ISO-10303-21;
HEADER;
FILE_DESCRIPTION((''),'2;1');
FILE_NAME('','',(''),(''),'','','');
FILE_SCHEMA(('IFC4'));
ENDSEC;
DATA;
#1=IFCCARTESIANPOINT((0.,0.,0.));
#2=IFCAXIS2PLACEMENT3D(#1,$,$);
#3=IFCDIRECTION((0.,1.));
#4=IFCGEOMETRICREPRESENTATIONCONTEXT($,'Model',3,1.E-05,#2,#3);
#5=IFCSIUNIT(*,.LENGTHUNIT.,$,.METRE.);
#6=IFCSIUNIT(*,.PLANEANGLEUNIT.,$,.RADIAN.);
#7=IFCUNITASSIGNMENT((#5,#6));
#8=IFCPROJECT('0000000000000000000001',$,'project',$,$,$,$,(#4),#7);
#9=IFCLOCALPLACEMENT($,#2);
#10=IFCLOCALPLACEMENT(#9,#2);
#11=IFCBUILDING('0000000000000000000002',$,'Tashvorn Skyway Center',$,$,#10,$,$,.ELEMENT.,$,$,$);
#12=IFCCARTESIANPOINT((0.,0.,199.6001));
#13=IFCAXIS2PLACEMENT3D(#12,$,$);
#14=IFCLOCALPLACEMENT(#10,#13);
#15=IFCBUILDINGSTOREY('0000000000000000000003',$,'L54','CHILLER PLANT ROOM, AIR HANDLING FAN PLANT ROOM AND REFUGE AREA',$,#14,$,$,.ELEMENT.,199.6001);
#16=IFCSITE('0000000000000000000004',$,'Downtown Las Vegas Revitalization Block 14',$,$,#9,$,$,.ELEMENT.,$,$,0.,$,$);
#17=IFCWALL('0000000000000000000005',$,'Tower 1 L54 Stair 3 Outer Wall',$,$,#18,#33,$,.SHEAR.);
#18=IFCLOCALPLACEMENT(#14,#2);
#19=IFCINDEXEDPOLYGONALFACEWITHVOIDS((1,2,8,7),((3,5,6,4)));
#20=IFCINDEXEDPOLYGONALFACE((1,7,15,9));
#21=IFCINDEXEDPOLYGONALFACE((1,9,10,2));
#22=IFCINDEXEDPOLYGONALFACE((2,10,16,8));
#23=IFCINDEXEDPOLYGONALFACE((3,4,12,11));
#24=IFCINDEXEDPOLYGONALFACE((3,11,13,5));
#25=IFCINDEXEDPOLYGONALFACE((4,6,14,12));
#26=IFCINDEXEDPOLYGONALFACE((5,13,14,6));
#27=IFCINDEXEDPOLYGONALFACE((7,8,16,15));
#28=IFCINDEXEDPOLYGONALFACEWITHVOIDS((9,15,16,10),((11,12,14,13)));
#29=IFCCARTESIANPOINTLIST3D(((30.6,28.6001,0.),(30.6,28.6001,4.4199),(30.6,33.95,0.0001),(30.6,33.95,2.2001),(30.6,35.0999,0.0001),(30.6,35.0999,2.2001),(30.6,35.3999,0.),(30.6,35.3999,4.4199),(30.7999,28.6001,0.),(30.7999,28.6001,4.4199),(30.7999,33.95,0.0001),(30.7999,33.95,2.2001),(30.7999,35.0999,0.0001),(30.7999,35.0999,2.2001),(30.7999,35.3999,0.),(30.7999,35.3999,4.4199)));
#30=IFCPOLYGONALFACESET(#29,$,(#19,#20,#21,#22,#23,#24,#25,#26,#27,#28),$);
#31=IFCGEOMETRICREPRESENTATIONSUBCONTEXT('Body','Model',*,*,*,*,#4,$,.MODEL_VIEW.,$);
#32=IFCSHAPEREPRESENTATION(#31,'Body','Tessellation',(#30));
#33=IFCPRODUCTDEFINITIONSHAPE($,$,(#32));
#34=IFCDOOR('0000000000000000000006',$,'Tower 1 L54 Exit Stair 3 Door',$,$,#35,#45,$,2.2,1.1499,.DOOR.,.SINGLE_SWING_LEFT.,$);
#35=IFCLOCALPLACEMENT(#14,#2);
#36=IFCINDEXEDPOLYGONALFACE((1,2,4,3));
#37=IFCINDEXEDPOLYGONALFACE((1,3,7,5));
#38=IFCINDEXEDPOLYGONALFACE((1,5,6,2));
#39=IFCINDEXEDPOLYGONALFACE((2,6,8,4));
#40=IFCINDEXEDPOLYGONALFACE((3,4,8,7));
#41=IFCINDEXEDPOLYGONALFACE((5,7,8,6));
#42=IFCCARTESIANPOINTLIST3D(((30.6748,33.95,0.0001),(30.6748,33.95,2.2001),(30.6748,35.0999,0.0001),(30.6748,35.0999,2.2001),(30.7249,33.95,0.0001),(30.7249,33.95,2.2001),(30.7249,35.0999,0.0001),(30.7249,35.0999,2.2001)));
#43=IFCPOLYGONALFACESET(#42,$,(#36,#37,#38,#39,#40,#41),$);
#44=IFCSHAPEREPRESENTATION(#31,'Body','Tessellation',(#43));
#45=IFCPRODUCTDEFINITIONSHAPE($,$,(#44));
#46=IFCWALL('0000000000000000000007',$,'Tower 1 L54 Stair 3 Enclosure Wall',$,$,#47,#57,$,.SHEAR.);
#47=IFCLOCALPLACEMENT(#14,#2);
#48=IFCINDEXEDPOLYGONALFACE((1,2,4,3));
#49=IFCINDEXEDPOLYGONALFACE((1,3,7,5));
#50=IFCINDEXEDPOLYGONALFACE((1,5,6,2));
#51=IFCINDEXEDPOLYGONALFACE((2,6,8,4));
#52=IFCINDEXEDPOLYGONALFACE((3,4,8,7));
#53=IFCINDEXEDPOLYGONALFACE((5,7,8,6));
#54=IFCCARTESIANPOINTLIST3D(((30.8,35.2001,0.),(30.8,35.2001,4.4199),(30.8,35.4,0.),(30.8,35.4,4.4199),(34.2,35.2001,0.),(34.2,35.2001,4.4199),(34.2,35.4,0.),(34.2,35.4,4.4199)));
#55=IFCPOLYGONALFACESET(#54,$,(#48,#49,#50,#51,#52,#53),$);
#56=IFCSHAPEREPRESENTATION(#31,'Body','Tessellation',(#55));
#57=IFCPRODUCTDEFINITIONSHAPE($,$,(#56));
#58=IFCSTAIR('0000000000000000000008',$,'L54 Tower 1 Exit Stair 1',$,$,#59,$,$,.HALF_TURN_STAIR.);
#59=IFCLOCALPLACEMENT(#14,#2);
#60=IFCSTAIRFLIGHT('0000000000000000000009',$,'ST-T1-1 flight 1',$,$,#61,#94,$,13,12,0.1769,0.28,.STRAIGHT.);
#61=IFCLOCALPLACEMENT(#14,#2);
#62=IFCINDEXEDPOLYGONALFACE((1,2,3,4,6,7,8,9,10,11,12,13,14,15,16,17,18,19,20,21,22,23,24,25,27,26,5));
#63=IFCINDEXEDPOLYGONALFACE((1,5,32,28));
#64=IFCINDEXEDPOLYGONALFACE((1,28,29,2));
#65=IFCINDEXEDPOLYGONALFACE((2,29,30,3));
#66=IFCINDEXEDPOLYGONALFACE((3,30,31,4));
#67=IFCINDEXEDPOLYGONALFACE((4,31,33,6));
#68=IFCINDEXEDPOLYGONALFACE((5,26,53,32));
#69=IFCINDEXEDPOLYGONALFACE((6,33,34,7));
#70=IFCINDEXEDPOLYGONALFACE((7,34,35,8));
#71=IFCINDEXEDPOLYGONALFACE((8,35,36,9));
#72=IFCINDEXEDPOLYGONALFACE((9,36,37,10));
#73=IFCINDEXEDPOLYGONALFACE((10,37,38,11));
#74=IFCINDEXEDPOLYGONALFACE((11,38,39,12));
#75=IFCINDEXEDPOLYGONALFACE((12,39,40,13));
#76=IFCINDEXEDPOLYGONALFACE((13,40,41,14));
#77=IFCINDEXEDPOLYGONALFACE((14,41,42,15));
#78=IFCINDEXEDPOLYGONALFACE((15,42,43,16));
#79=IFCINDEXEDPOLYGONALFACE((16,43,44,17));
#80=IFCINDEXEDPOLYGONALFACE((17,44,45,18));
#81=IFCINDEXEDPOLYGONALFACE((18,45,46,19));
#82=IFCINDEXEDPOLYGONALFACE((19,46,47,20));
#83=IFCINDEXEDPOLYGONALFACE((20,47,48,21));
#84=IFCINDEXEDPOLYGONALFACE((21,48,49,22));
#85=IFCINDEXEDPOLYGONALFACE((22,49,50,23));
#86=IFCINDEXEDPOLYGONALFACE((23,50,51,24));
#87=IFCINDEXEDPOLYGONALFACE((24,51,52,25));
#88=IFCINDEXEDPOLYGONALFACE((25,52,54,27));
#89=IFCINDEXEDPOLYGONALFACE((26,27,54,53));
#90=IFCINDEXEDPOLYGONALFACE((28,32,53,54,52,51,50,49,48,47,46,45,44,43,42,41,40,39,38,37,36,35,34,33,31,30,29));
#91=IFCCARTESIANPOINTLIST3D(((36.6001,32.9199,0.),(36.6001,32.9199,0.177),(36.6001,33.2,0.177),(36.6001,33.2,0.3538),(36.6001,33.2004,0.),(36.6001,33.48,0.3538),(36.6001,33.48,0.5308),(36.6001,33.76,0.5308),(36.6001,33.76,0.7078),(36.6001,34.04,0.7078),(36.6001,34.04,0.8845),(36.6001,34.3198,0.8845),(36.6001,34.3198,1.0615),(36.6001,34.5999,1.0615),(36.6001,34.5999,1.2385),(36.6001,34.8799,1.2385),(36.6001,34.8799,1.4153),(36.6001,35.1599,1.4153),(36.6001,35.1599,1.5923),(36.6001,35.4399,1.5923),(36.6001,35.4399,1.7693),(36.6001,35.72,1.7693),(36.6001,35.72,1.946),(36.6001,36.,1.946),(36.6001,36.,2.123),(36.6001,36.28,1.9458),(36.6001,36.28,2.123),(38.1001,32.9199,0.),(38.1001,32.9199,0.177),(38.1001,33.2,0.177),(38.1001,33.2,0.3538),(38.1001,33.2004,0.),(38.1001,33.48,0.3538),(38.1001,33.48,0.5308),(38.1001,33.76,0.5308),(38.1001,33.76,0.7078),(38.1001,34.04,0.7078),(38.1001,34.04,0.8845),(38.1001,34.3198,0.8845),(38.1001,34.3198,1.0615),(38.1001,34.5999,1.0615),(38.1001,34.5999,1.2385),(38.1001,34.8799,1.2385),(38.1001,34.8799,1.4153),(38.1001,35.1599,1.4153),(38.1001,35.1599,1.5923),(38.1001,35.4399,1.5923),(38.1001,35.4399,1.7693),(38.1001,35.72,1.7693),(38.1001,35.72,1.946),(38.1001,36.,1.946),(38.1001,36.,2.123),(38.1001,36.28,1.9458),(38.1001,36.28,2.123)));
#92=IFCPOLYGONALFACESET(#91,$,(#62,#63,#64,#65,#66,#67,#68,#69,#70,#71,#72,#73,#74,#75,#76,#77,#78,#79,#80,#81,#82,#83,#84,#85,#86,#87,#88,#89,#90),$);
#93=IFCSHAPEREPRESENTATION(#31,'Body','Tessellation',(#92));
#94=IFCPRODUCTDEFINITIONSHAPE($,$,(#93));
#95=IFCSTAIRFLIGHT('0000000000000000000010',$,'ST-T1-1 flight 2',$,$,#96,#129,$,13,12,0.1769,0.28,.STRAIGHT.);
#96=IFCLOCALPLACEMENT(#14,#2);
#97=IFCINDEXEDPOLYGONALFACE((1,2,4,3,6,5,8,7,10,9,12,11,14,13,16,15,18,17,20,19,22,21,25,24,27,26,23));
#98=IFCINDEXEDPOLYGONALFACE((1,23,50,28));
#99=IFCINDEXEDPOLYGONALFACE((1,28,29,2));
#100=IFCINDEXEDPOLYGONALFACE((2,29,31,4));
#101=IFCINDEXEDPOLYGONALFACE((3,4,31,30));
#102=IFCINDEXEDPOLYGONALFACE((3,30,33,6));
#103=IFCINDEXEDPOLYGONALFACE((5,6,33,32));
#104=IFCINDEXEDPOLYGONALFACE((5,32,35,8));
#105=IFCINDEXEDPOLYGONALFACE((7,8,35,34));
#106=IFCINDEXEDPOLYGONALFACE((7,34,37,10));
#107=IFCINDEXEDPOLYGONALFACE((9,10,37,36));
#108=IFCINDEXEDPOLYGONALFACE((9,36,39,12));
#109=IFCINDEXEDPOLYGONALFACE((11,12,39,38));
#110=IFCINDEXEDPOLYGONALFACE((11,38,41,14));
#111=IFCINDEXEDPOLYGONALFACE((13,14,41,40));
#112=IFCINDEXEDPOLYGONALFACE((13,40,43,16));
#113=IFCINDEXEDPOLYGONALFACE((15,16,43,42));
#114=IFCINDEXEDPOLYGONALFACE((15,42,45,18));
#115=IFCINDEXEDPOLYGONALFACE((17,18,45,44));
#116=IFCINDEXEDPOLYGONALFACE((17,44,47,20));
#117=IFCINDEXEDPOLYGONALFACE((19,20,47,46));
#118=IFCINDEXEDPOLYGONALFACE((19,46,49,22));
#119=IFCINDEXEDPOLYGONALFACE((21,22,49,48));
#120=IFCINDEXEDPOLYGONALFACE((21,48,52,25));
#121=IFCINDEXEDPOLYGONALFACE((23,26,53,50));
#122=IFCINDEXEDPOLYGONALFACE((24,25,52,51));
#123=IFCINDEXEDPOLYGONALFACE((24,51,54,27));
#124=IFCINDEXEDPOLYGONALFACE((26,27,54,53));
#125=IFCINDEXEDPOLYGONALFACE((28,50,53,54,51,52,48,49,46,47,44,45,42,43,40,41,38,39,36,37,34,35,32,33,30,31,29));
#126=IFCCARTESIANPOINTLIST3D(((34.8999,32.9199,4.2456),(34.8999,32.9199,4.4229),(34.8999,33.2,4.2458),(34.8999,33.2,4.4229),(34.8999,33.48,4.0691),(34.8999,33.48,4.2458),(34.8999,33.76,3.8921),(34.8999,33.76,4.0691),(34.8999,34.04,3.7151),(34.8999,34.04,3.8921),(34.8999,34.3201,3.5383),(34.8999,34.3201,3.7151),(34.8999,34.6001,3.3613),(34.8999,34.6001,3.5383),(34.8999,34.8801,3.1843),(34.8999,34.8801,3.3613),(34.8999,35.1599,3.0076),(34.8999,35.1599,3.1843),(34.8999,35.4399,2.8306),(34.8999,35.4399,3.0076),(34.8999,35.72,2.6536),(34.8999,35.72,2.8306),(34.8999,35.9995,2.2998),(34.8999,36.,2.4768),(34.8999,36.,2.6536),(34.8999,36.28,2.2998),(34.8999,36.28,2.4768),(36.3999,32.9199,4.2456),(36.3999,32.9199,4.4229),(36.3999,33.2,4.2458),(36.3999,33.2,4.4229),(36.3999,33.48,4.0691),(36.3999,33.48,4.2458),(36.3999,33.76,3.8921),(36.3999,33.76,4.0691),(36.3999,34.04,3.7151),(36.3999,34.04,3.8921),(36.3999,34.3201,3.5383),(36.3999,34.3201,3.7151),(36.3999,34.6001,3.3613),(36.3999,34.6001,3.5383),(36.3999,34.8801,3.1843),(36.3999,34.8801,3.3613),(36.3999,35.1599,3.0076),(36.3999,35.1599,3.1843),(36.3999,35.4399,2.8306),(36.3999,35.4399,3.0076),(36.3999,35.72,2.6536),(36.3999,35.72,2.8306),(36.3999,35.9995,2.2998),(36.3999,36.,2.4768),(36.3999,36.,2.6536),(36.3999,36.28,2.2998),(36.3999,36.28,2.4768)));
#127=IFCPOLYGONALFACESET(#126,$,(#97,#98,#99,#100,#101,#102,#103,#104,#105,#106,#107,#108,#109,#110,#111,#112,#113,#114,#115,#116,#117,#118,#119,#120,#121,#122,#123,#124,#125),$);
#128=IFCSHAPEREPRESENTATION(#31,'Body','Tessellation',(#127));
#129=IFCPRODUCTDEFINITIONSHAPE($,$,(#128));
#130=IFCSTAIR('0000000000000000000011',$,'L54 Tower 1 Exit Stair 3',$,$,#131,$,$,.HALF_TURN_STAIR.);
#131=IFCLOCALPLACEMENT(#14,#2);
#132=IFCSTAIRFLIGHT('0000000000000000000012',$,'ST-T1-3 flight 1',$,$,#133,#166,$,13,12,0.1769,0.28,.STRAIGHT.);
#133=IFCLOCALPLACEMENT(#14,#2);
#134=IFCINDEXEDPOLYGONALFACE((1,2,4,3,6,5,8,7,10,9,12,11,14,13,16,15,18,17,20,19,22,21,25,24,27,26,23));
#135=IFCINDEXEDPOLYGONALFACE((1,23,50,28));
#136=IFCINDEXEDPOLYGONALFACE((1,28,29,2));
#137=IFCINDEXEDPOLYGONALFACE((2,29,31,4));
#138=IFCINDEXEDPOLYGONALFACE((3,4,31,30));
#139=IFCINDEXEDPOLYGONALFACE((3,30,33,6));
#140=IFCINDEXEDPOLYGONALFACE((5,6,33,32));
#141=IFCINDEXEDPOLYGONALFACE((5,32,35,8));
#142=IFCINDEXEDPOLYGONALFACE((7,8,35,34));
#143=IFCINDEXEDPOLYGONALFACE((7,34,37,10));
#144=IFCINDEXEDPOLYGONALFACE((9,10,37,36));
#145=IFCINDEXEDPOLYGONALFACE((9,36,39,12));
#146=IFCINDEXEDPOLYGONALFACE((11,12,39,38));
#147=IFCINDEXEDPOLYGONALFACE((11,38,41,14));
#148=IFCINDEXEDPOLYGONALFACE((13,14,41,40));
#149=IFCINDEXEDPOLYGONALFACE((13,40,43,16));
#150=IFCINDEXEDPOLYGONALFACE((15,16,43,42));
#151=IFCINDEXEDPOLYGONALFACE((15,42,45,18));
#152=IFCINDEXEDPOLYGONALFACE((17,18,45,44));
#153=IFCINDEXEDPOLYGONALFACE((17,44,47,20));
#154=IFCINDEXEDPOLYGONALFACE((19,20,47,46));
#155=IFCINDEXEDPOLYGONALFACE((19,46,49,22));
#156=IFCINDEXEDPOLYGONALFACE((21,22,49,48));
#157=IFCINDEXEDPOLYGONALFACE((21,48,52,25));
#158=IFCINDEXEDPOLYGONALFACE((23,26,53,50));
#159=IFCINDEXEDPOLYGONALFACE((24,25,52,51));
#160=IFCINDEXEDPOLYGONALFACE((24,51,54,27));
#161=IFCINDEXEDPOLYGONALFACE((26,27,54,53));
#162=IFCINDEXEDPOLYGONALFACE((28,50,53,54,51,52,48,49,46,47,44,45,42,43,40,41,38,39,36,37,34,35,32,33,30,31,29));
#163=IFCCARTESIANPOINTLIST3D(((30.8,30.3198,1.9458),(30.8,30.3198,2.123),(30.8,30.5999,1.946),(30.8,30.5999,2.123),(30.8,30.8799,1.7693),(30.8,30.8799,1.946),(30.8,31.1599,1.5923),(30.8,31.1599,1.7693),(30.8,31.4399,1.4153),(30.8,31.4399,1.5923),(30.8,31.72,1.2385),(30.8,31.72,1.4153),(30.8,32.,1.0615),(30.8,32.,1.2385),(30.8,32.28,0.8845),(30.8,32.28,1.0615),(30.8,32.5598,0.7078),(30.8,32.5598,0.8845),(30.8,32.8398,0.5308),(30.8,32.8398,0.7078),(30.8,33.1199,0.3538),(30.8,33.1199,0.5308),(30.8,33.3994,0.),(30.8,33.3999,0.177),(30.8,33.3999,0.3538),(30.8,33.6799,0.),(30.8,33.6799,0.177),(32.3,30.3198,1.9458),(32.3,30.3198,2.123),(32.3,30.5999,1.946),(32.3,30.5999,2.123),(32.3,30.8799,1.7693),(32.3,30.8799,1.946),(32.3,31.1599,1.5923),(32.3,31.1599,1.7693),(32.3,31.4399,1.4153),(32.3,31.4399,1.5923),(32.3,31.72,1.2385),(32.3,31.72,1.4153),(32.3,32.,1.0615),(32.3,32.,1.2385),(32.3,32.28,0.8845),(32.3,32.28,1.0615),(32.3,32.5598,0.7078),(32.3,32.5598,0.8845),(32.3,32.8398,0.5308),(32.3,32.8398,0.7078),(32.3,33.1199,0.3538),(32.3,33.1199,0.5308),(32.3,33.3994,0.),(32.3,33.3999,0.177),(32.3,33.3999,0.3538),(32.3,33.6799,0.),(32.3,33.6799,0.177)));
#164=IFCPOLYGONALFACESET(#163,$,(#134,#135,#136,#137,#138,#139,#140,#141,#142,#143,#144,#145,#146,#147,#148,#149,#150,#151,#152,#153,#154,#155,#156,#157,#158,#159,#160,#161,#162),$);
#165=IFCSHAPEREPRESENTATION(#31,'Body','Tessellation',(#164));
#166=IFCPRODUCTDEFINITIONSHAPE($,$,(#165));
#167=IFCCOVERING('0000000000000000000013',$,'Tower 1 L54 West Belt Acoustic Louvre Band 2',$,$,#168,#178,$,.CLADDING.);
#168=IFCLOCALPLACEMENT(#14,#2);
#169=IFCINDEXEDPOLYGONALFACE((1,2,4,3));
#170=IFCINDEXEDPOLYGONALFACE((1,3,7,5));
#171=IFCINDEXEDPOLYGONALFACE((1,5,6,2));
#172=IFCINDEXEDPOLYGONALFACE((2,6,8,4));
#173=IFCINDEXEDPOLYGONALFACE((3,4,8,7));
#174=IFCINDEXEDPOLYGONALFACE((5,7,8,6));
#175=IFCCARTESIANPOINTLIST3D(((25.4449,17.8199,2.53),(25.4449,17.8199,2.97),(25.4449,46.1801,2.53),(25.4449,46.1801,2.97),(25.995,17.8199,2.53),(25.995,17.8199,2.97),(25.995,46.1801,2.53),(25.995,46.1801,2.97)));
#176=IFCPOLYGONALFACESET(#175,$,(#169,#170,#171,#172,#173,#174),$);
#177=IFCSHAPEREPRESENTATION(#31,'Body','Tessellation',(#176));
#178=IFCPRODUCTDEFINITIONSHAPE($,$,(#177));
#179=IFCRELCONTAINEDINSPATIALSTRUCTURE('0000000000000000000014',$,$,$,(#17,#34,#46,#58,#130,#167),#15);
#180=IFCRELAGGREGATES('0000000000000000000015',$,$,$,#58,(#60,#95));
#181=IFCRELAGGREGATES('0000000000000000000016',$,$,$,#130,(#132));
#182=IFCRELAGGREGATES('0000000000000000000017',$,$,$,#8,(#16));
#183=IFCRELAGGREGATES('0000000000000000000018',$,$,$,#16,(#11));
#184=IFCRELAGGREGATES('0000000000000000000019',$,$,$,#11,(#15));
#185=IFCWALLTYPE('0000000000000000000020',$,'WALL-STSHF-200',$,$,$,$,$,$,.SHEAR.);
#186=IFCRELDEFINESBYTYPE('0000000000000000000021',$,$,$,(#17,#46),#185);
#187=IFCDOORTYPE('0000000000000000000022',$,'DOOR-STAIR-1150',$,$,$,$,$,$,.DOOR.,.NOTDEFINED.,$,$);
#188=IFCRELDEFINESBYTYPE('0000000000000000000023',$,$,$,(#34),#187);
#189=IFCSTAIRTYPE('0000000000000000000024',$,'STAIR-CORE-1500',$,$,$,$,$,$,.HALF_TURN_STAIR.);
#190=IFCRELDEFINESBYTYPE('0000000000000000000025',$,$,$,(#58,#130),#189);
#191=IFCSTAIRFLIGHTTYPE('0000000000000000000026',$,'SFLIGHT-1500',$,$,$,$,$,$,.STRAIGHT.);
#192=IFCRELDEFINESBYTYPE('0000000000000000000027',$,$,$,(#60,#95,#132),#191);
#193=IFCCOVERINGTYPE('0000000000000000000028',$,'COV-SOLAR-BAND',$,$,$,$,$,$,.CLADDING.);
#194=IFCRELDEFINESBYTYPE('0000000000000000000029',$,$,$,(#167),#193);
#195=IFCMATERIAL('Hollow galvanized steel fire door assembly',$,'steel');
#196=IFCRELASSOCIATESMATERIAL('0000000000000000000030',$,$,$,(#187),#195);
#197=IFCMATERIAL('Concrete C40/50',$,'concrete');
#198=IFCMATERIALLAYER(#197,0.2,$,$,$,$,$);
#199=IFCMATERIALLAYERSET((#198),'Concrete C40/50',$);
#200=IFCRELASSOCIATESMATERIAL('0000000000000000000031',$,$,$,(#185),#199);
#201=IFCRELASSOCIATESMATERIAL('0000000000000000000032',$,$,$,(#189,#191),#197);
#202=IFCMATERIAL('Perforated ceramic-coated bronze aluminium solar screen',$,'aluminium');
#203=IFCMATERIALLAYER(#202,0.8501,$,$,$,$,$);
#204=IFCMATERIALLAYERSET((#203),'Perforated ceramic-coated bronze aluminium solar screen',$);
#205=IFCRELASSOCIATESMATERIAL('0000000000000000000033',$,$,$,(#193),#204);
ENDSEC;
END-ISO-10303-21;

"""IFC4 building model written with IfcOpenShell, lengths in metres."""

from ifc_helpers import new_model, si_unit, direction, frame, frame_2d, origin, origin_2d, place, context, subcontext, project, spatial, polyline, rectangle, outline, extrude, material, layer, layer_set, type_object, element, fill, aggregate, save


model = new_model("IFC4")

# Units and contexts
model_context = context("Model", 3, precision=1e-05, world=origin(), true_north=direction((0.0, 1.0)))
body_context = subcontext(model_context, "Body", "Model", "MODEL_VIEW")
ifc_project = project(units=[si_unit("LENGTHUNIT", "METRE"), si_unit("PLANEANGLEUNIT", "RADIAN")], contexts=[model_context])

# Site, building, storey
site_placement = place(None, origin())
site = spatial("IfcSite", under=ifc_project, at=site_placement, Name="Downtown Las Vegas Revitalization Block 14", CompositionType="ELEMENT", RefElevation=0.0)
building_placement = place(site_placement, origin())
building = spatial("IfcBuilding", under=site, at=building_placement, Name="Tashvorn Skyway Center", CompositionType="ELEMENT")
storey_placement = place(building_placement, frame((0.0, 0.0, 199.6001)))
storey = spatial("IfcBuildingStorey", under=building, at=storey_placement, Name="L54", Description="CHILLER PLANT ROOM, AIR HANDLING FAN PLANT ROOM AND REFUGE AREA", CompositionType="ELEMENT", Elevation=199.6001)

# Shared definitions
ifc_material_1 = material(Name="Concrete C40/50", Category="concrete")
ifc_material_2 = material(Name="Hollow galvanized steel fire door assembly", Category="steel")
door_type = type_object("IfcDoorType", Name="DOOR-STAIR-1150", OperationType="NOTDEFINED", PredefinedType="DOOR", material=ifc_material_2)

# Wall, opening, door
ifc_layer_1 = layer(ifc_material_1, 0.2)
ifc_layer_set_1 = layer_set([ifc_layer_1], Name="Concrete C40/50")
wall_type_1 = type_object("IfcWallType", Name="WALL-STSHF-200", PredefinedType="SHEAR", material=ifc_layer_set_1)
wall_1_placement = place(storey_placement, frame((30.7, 35.3999, 0.0), z_axis=(0.0, 0.0, 1.0), x_axis=(0.0, -1.0, 0.0)))
wall_1 = element("IfcWall", 1, at=wall_1_placement, inside=storey, type_object=wall_type_1, Name="Tower 1 L54 Stair 3 Outer Wall", PredefinedType="SHEAR", context=body_context, shape_type="SweptSolid", body=[
    extrude(rectangle(XDim=6.7998, YDim=0.2, at=frame_2d((3.3999, 0.0))), origin(), (0.0, 0.0, 1.0), 4.4199),
])
opening_1_placement = place(wall_1_placement, frame((0.3, 0.0, 0.0)))
opening_1 = element("IfcOpeningElement", 2, at=opening_1_placement, cuts=wall_1, PredefinedType="OPENING", context=body_context, shape_type="SweptSolid", body=[
    extrude(rectangle(XDim=1.1499, YDim=2.2, at=frame_2d((0.575, 1.1001))), frame((0.0, 0.1099, 0.0), z_axis=(0.0, -1.0, 0.0), x_axis=(1.0, 0.0, 0.0)), (0.0, 0.0, 1.0), 0.22),
])
door_1_placement = place(opening_1_placement, origin())
door_1 = element("IfcDoor", 3, at=door_1_placement, inside=storey, type_object=door_type, Name="Tower 1 L54 Exit Stair 3 Door", OperationType="SINGLE_SWING_LEFT", OverallHeight=2.2, OverallWidth=1.1499, PredefinedType="DOOR", context=body_context, shape_type="SweptSolid", body=[
    extrude(rectangle(XDim=1.1499, YDim=2.2, at=frame_2d((0.575, 1.1001))), frame((0.0, 0.0249, 0.0), z_axis=(0.0, -1.0, 0.0), x_axis=(1.0, 0.0, 0.0)), (0.0, 0.0, 1.0), 0.05),
])
fill(opening_1, door_1)

# Wall
wall_2_placement = place(storey_placement, frame((34.2, 35.3, 0.0), z_axis=(0.0, 0.0, 1.0), x_axis=(-1.0, 0.0, 0.0)))
element("IfcWall", 4, at=wall_2_placement, inside=storey, type_object=wall_type_1, Name="Tower 1 L54 Stair 3 Enclosure Wall", PredefinedType="SHEAR", context=body_context, shape_type="SweptSolid", body=[
    extrude(rectangle(XDim=3.3999, YDim=0.2, at=frame_2d((1.7, 0.0))), origin(), (0.0, 0.0, 1.0), 4.4199),
])

# Stair, stair flights
stair_type = type_object("IfcStairType", Name="STAIR-CORE-1500", PredefinedType="HALF_TURN_STAIR", material=ifc_material_1)
stair_1_placement = place(storey_placement, origin())
stair_1 = element("IfcStair", 5, at=stair_1_placement, inside=storey, type_object=stair_type, Name="L54 Tower 1 Exit Stair 1", PredefinedType="HALF_TURN_STAIR")
stair_flight_type = type_object("IfcStairFlightType", Name="SFLIGHT-1500", PredefinedType="STRAIGHT", material=ifc_material_1)
stair_flight_1_placement = place(storey_placement, frame((37.3501, 32.9199, 0.0), z_axis=(0.0, 0.0, 1.0), x_axis=(0.0, 1.0, 0.0)))
stair_flight_1 = element("IfcStairFlight", 6, at=stair_flight_1_placement, type_object=stair_flight_type, Name="ST-T1-1 flight 1", NumberOfRisers=13, NumberOfTreads=12, PredefinedType="STRAIGHT", RiserHeight=0.1769, TreadLength=0.28, context=body_context, shape_type="SweptSolid", body=[
    extrude(outline(polyline([(0.0, 0.0), (0.0, 0.177), (0.28, 0.177), (0.28, 0.3538), (0.5601, 0.3538), (0.5601, 0.5308), (0.8401, 0.5308), (0.8401, 0.7078), (1.1201, 0.7078), (1.1201, 0.8845), (1.3999, 0.8845), (1.3999, 1.0615), (1.6799, 1.0615), (1.6799, 1.2385), (1.96, 1.2385), (1.96, 1.4153), (2.24, 1.4153), (2.24, 1.5923), (2.52, 1.5923), (2.52, 1.7693), (2.8, 1.7693), (2.8, 1.946), (3.0801, 1.946), (3.0801, 2.123), (3.3601, 2.123), (3.3601, 2.3), (3.3601, 1.9458), (0.2805, 0.0), (0.0, 0.0)])), frame((0.0, 0.75, 0.0), z_axis=(0.0, -1.0, 0.0), x_axis=(1.0, 0.0, 0.0)), (0.0, 0.0, 1.0), 1.5),
])
stair_flight_2_placement = place(storey_placement, frame((35.6499, 36.28, 2.2998), z_axis=(0.0, 0.0, 1.0), x_axis=(0.0, -1.0, 0.0)))
stair_flight_2 = element("IfcStairFlight", 7, at=stair_flight_2_placement, type_object=stair_flight_type, Name="ST-T1-1 flight 2", NumberOfRisers=13, NumberOfTreads=12, PredefinedType="STRAIGHT", RiserHeight=0.1769, TreadLength=0.28, context=body_context, shape_type="SweptSolid", body=[
    extrude(outline(polyline([(0.0, 0.0), (0.0, 0.177), (0.28, 0.177), (0.28, 0.3538), (0.5601, 0.3538), (0.5601, 0.5308), (0.8401, 0.5308), (0.8401, 0.7078), (1.1201, 0.7078), (1.1201, 0.8845), (1.3999, 0.8845), (1.3999, 1.0615), (1.6799, 1.0615), (1.6799, 1.2385), (1.96, 1.2385), (1.96, 1.4153), (2.24, 1.4153), (2.24, 1.5923), (2.52, 1.5923), (2.52, 1.7693), (2.8, 1.7693), (2.8, 1.946), (3.0801, 1.946), (3.0801, 2.123), (3.3601, 2.123), (3.3601, 2.3), (3.3601, 1.9458), (0.2805, 0.0), (0.0, 0.0)])), frame((0.0, 0.75, 0.0), z_axis=(0.0, -1.0, 0.0), x_axis=(1.0, 0.0, 0.0)), (0.0, 0.0, 1.0), 1.5),
])
aggregate(stair_1, [stair_flight_1, stair_flight_2])

# Stair, stair flight
stair_2_placement = place(storey_placement, origin())
stair_2 = element("IfcStair", 8, at=stair_2_placement, inside=storey, type_object=stair_type, Name="L54 Tower 1 Exit Stair 3", PredefinedType="HALF_TURN_STAIR")
stair_flight_3_placement = place(storey_placement, frame((31.55, 33.6799, 0.0), z_axis=(0.0, 0.0, 1.0), x_axis=(0.0, -1.0, 0.0)))
stair_flight_3 = element("IfcStairFlight", 9, at=stair_flight_3_placement, type_object=stair_flight_type, Name="ST-T1-3 flight 1", NumberOfRisers=13, NumberOfTreads=12, PredefinedType="STRAIGHT", RiserHeight=0.1769, TreadLength=0.28, context=body_context, shape_type="SweptSolid", body=[
    extrude(outline(polyline([(0.0, 0.0), (0.0, 0.177), (0.28, 0.177), (0.28, 0.3538), (0.5601, 0.3538), (0.5601, 0.5308), (0.8401, 0.5308), (0.8401, 0.7078), (1.1201, 0.7078), (1.1201, 0.8845), (1.3999, 0.8845), (1.3999, 1.0615), (1.6799, 1.0615), (1.6799, 1.2385), (1.96, 1.2385), (1.96, 1.4153), (2.24, 1.4153), (2.24, 1.5923), (2.52, 1.5923), (2.52, 1.7693), (2.8, 1.7693), (2.8, 1.946), (3.0801, 1.946), (3.0801, 2.123), (3.3601, 2.123), (3.3601, 2.3), (3.3601, 1.9458), (0.2805, 0.0), (0.0, 0.0)])), frame((0.0, 0.75, 0.0), z_axis=(0.0, -1.0, 0.0), x_axis=(1.0, 0.0, 0.0)), (0.0, 0.0, 1.0), 1.5),
])
aggregate(stair_2, [stair_flight_3])

# Covering
ifc_material_3 = material(Name="Perforated ceramic-coated bronze aluminium solar screen", Category="aluminium")
ifc_layer_2 = layer(ifc_material_3, 0.8501)
ifc_layer_set_2 = layer_set([ifc_layer_2], Name="Perforated ceramic-coated bronze aluminium solar screen")
covering_type = type_object("IfcCoveringType", Name="COV-SOLAR-BAND", PredefinedType="CLADDING", material=ifc_layer_set_2)
covering_placement = place(storey_placement, frame((25.72, 32.0, 2.53), z_axis=(0.0, 0.0, 1.0), x_axis=(0.0, 1.0, 0.0)))
element("IfcCovering", 10, at=covering_placement, inside=storey, type_object=covering_type, Name="Tower 1 L54 West Belt Acoustic Louvre Band 2", PredefinedType="CLADDING", context=body_context, shape_type="SweptSolid", body=[
    extrude(rectangle(XDim=28.3601, YDim=0.55, at=origin_2d()), origin(), (0.0, 0.0, 1.0), 0.4399),
])

save(model, "model.ifc")
